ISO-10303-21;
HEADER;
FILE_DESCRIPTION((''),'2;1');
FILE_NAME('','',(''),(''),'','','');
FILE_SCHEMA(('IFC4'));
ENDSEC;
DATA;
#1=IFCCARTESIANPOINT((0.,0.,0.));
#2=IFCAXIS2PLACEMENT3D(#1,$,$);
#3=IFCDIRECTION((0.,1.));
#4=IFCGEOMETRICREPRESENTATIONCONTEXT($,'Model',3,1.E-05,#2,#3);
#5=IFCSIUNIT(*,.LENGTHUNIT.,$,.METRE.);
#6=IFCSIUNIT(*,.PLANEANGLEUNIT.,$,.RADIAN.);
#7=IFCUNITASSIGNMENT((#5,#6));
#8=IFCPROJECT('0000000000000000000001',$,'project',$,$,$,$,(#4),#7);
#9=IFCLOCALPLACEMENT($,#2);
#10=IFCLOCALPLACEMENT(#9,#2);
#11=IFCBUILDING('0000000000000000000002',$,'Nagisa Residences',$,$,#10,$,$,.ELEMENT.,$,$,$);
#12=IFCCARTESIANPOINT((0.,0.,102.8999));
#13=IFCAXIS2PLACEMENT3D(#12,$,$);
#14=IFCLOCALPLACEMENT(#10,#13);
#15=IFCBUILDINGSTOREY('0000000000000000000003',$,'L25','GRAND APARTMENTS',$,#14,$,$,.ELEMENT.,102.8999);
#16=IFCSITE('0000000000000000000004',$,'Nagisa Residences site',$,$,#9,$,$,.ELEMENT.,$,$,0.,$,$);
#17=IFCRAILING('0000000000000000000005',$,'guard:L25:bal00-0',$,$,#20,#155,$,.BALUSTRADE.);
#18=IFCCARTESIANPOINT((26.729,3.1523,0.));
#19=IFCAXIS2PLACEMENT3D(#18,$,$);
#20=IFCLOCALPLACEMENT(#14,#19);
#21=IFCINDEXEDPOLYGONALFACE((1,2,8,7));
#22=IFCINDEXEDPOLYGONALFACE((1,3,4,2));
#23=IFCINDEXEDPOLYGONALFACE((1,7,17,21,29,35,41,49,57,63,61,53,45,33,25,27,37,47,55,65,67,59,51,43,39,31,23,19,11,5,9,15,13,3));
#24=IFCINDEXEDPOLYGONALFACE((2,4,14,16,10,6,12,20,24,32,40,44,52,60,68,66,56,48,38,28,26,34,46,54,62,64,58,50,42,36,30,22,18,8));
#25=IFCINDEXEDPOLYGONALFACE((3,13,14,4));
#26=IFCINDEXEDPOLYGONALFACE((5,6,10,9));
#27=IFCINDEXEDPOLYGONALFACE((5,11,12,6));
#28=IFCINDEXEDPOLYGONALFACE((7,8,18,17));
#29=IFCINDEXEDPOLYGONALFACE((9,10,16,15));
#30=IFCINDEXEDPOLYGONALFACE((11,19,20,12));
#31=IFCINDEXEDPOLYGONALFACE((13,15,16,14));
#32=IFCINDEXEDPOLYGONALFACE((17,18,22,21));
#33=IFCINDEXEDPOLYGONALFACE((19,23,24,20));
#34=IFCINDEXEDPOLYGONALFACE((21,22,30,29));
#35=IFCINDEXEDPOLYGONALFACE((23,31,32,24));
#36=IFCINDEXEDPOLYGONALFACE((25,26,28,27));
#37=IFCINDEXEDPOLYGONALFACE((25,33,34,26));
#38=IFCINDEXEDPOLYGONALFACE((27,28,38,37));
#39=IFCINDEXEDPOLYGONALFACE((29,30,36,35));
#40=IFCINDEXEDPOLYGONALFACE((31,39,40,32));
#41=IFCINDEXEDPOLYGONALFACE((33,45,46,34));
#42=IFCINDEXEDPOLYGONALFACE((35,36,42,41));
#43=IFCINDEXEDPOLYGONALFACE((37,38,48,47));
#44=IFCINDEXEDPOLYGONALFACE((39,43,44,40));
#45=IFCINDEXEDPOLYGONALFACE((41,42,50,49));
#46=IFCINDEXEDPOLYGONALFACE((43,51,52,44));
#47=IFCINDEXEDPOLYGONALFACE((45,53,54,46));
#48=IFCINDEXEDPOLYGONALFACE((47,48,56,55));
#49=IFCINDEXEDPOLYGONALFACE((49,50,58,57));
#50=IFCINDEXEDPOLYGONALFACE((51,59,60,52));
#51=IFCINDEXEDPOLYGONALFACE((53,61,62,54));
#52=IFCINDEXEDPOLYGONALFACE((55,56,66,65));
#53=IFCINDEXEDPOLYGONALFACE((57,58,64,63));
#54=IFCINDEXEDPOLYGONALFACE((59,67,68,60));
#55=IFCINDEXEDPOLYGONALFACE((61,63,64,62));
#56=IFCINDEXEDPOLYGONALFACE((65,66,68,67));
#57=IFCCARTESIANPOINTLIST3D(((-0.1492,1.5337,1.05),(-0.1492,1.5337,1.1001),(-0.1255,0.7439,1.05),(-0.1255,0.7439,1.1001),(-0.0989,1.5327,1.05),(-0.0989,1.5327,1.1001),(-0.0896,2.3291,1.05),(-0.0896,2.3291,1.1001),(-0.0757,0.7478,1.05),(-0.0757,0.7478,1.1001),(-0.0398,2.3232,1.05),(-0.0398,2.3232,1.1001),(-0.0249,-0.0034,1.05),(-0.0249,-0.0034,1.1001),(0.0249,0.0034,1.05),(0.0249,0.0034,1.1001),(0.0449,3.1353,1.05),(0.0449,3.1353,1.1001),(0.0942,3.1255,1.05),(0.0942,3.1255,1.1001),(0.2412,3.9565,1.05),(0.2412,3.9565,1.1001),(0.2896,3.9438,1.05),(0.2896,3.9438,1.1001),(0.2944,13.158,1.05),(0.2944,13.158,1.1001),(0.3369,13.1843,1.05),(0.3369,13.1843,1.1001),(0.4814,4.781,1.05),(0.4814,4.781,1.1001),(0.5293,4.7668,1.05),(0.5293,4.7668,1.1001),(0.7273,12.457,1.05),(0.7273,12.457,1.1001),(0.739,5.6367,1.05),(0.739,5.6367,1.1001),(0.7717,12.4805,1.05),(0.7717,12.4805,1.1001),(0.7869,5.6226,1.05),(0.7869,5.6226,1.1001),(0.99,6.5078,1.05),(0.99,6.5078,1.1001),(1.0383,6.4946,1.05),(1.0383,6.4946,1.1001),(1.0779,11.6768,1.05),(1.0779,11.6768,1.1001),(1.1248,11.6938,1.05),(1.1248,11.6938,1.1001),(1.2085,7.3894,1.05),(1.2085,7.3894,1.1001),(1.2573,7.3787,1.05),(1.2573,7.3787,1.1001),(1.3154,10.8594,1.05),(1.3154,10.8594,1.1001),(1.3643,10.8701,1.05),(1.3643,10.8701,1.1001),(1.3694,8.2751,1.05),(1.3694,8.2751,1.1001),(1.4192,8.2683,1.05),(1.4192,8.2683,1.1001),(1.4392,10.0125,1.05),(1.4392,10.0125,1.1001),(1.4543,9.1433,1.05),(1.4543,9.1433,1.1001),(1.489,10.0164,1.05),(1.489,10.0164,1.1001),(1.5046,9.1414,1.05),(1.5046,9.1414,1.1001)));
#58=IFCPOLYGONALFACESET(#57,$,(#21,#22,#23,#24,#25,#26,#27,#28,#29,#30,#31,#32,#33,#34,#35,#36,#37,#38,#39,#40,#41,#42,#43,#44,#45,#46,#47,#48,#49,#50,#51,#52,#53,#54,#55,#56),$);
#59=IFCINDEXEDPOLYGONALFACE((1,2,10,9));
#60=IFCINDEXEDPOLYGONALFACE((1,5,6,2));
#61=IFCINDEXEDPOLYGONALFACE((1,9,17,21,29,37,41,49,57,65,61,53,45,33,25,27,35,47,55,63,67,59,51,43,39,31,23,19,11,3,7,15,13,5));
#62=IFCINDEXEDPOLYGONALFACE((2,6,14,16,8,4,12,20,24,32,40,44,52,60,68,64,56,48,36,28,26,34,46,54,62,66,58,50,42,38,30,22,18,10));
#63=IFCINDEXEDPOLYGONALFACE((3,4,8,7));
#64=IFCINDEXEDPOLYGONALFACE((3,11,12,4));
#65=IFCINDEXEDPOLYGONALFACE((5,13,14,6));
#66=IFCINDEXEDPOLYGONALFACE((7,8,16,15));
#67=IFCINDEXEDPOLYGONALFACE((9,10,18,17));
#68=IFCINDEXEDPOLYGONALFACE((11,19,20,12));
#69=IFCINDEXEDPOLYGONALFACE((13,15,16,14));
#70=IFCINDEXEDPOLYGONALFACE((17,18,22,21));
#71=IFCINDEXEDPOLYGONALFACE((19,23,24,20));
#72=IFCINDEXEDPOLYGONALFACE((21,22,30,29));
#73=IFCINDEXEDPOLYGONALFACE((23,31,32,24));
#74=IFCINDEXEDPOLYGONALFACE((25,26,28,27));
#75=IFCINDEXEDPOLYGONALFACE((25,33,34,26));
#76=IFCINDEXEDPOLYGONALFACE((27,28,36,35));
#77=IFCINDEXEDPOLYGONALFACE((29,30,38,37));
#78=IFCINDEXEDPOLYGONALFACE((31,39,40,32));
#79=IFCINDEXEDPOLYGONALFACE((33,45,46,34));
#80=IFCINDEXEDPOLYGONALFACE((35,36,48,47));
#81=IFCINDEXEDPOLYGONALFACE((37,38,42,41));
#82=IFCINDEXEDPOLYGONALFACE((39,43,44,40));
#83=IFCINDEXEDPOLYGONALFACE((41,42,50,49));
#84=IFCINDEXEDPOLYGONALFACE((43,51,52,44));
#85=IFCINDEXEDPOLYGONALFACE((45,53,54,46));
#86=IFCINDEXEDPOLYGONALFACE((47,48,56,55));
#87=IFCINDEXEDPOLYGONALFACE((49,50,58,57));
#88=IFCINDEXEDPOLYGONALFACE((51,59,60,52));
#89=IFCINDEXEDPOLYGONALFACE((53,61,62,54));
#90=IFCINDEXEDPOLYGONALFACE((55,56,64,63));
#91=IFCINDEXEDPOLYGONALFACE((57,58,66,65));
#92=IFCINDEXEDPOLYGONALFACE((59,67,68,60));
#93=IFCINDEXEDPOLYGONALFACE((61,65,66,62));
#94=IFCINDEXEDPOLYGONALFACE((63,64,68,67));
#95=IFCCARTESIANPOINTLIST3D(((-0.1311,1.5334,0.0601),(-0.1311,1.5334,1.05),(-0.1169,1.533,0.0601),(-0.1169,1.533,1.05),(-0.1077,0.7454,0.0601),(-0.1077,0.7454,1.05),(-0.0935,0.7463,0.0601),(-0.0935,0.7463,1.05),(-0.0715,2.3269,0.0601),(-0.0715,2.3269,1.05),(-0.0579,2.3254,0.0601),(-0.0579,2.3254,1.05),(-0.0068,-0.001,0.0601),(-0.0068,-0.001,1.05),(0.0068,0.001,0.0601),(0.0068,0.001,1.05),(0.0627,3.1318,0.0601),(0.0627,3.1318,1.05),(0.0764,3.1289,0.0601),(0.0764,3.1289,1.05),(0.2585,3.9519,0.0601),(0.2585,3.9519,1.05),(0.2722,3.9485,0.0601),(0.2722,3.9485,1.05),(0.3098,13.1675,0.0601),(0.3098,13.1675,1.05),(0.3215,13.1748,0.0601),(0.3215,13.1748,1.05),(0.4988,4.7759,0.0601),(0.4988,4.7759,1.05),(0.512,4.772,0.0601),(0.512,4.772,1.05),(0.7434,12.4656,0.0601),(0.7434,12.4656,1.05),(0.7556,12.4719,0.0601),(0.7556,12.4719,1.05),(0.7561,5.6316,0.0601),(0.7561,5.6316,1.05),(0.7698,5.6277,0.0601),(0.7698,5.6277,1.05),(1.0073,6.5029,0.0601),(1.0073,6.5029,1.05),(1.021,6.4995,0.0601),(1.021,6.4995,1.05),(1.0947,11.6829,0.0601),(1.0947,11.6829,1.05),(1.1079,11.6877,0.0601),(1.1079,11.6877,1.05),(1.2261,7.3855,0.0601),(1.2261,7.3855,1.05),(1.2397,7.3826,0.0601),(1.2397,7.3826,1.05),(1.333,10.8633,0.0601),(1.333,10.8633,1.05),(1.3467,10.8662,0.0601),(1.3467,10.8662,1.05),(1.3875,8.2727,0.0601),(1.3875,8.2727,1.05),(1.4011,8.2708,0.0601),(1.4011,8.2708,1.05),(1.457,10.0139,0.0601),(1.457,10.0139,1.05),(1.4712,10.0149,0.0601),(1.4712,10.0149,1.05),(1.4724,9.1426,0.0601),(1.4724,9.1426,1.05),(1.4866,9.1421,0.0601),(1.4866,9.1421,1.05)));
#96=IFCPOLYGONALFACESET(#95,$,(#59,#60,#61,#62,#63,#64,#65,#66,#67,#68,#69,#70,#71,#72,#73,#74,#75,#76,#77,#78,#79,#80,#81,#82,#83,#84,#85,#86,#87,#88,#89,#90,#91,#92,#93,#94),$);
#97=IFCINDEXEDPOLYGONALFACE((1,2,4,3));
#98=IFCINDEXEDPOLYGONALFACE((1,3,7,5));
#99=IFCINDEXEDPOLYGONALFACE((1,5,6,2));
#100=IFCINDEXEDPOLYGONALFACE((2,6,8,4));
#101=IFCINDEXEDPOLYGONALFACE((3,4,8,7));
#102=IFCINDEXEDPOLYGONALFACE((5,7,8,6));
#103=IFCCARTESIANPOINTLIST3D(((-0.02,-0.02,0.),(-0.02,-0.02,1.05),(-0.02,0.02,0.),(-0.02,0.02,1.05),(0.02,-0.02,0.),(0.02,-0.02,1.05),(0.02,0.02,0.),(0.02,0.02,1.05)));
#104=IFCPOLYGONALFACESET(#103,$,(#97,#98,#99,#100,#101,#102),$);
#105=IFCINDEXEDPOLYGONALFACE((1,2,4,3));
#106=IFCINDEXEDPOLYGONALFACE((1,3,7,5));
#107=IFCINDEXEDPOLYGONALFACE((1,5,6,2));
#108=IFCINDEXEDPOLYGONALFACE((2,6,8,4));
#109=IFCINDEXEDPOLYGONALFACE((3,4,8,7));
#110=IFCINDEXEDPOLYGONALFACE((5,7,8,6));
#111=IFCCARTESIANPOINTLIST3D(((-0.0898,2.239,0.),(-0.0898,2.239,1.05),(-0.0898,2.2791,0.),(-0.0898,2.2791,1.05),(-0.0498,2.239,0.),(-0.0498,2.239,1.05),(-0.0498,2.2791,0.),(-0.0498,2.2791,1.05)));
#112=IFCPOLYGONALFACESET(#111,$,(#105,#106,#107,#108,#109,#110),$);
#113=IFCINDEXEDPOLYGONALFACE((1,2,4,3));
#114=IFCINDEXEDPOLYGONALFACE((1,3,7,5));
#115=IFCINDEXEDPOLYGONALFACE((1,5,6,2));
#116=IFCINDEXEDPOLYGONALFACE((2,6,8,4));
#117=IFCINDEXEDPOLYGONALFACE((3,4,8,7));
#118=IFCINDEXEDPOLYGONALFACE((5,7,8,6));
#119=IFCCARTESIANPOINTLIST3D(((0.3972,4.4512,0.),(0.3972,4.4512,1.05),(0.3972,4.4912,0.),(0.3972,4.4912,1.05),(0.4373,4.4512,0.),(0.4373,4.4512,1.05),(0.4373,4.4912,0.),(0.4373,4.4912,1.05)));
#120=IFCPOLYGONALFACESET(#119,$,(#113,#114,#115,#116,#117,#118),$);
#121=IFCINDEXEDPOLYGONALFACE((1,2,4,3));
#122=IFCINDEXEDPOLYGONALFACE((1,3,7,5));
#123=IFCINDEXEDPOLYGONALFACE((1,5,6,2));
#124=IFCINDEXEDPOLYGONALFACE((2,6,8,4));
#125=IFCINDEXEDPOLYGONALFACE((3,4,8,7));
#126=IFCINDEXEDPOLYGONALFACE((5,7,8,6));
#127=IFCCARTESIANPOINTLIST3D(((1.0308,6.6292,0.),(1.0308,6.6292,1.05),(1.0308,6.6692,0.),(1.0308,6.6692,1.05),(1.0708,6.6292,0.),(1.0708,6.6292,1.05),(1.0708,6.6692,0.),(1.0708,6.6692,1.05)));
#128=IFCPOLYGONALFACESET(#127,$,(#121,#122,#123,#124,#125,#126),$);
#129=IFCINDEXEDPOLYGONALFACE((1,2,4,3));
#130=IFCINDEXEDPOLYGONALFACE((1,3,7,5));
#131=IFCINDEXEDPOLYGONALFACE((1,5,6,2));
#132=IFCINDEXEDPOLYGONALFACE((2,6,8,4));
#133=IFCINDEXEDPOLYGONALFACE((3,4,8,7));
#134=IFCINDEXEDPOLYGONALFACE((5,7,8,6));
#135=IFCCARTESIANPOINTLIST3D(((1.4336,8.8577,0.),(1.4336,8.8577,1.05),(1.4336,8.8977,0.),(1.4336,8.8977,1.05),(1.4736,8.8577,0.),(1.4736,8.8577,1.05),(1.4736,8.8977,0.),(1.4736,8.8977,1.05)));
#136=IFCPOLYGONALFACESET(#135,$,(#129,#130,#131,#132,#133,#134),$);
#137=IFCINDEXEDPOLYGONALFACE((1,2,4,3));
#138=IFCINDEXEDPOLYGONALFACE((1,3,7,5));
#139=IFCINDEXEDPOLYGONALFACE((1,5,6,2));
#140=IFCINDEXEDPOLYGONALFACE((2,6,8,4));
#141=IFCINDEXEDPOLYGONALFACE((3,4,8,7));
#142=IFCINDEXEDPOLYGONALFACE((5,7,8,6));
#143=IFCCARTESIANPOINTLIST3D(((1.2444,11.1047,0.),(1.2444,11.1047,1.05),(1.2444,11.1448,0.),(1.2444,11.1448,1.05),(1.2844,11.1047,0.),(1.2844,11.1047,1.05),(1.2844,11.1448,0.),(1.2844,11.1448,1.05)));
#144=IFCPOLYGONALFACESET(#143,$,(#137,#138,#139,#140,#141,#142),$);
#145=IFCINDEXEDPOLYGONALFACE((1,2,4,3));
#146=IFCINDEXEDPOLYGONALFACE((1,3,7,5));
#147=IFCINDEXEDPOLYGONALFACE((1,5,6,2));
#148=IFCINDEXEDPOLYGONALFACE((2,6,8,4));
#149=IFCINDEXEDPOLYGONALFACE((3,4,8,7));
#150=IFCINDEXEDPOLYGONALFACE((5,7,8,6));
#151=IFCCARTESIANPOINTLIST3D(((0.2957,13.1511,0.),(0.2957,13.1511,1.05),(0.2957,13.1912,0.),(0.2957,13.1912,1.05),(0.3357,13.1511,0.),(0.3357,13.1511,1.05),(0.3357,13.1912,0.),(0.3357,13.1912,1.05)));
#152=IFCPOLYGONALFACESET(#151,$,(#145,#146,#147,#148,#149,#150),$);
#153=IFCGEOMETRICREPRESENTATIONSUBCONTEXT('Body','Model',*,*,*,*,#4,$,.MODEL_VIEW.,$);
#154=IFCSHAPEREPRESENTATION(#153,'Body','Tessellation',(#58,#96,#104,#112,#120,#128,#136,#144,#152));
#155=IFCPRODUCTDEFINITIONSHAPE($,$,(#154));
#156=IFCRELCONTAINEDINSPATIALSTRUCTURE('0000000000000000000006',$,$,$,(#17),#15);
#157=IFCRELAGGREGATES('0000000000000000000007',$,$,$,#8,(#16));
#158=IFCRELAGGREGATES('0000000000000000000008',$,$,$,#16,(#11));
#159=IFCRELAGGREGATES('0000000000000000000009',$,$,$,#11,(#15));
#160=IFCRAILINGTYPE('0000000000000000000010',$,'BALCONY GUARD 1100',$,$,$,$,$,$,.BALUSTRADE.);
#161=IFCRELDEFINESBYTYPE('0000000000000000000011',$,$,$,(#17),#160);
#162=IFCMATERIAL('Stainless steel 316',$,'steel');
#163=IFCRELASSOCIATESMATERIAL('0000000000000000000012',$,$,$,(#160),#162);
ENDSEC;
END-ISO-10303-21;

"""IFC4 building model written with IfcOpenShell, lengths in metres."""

from ifc_helpers import new_model, si_unit, direction, frame, origin, origin_2d, place, context, subcontext, project, spatial, polyline, rectangle, outline, extrude, material, type_object, element, save


model = new_model("IFC4")

# Units and contexts
model_context = context("Model", 3, precision=1e-05, world=origin(), true_north=direction((0.0, 1.0)))
body_context = subcontext(model_context, "Body", "Model", "MODEL_VIEW")
ifc_project = project(units=[si_unit("LENGTHUNIT", "METRE"), si_unit("PLANEANGLEUNIT", "RADIAN")], contexts=[model_context])

# Site, building, storey
site_placement = place(None, origin())
site = spatial("IfcSite", under=ifc_project, at=site_placement, Name="Nagisa Residences site", CompositionType="ELEMENT", RefElevation=0.0)
building_placement = place(site_placement, origin())
building = spatial("IfcBuilding", under=site, at=building_placement, Name="Nagisa Residences", CompositionType="ELEMENT")
storey_placement = place(building_placement, frame((0.0, 0.0, 102.8999)))
storey = spatial("IfcBuildingStorey", under=building, at=storey_placement, Name="L25", Description="GRAND APARTMENTS", CompositionType="ELEMENT", Elevation=102.8999)

# Railing
ifc_material_1 = material(Name="Stainless steel 316", Category="steel")
railing_type = type_object("IfcRailingType", Name="BALCONY GUARD 1100", PredefinedType="BALUSTRADE", material=ifc_material_1)
railing_placement = place(storey_placement, frame((26.729, 3.1523, 0.0)))
element("IfcRailing", 1, at=railing_placement, inside=storey, type_object=railing_type, Name="guard:L25:bal00-0", PredefinedType="BALUSTRADE", context=body_context, shape_type="SweptSolid", body=[
    extrude(outline(polyline([(-0.1255, 0.7439), (-0.0249, -0.0034), (0.0249, 0.0034), (-0.0757, 0.7478), (-0.0989, 1.5327), (-0.0398, 2.3232), (0.0942, 3.1255), (0.2896, 3.9438), (0.5293, 4.7668), (0.7869, 5.6226), (1.0383, 6.4946), (1.2573, 7.3787), (1.4192, 8.2683), (1.5046, 9.1414), (1.489, 10.0164), (1.3643, 10.8701), (1.1248, 11.6938), (0.7717, 12.4805), (0.3369, 13.1843), (0.2944, 13.158), (0.7273, 12.457), (1.0779, 11.6768), (1.3154, 10.8594), (1.4392, 10.0125), (1.4543, 9.1433), (1.3694, 8.2751), (1.2085, 7.3894), (0.99, 6.5078), (0.739, 5.6367), (0.4814, 4.781), (0.2412, 3.9565), (0.0449, 3.1353), (-0.0896, 2.3291), (-0.1492, 1.5337), (-0.1255, 0.7439)])), frame((0.0, 0.0, 1.05)), (0.0, 0.0, 1.0), 0.05),
    extrude(outline(polyline([(-0.1077, 0.7454), (-0.0068, -0.001), (0.0068, 0.001), (-0.0935, 0.7463), (-0.1169, 1.533), (-0.0579, 2.3254), (0.0764, 3.1289), (0.2722, 3.9485), (0.512, 4.772), (0.7698, 5.6277), (1.021, 6.4995), (1.2397, 7.3826), (1.4011, 8.2708), (1.4866, 9.1421), (1.4712, 10.0149), (1.3467, 10.8662), (1.1079, 11.6877), (0.7556, 12.4719), (0.3215, 13.1748), (0.3098, 13.1675), (0.7434, 12.4656), (1.0947, 11.6829), (1.333, 10.8633), (1.457, 10.0139), (1.4724, 9.1426), (1.3875, 8.2727), (1.2261, 7.3855), (1.0073, 6.5029), (0.7561, 5.6316), (0.4988, 4.7759), (0.2585, 3.9519), (0.0627, 3.1318), (-0.0715, 2.3269), (-0.1311, 1.5334), (-0.1077, 0.7454)])), frame((0.0, 0.0, 0.0601)), (0.0, 0.0, 1.0), 0.99),
    extrude(rectangle(XDim=0.04, YDim=0.04, at=origin_2d()), origin(), (0.0, 0.0, 1.0), 1.05),
    extrude(rectangle(XDim=0.04, YDim=0.04, at=origin_2d()), frame((-0.0698, 2.259, 0.0)), (0.0, 0.0, 1.0), 1.05),
    extrude(rectangle(XDim=0.04, YDim=0.04, at=origin_2d()), frame((0.4172, 4.4712, 0.0)), (0.0, 0.0, 1.0), 1.05),
    extrude(rectangle(XDim=0.04, YDim=0.04, at=origin_2d()), frame((1.0508, 6.6492, 0.0)), (0.0, 0.0, 1.0), 1.05),
    extrude(rectangle(XDim=0.04, YDim=0.04, at=origin_2d()), frame((1.4536, 8.8777, 0.0)), (0.0, 0.0, 1.0), 1.05),
    extrude(rectangle(XDim=0.04, YDim=0.04, at=origin_2d()), frame((1.2644, 11.1248, 0.0)), (0.0, 0.0, 1.0), 1.05),
    extrude(rectangle(XDim=0.04, YDim=0.04, at=origin_2d()), frame((0.3157, 13.1711, 0.0)), (0.0, 0.0, 1.0), 1.05),
])

save(model, "model.ifc")
